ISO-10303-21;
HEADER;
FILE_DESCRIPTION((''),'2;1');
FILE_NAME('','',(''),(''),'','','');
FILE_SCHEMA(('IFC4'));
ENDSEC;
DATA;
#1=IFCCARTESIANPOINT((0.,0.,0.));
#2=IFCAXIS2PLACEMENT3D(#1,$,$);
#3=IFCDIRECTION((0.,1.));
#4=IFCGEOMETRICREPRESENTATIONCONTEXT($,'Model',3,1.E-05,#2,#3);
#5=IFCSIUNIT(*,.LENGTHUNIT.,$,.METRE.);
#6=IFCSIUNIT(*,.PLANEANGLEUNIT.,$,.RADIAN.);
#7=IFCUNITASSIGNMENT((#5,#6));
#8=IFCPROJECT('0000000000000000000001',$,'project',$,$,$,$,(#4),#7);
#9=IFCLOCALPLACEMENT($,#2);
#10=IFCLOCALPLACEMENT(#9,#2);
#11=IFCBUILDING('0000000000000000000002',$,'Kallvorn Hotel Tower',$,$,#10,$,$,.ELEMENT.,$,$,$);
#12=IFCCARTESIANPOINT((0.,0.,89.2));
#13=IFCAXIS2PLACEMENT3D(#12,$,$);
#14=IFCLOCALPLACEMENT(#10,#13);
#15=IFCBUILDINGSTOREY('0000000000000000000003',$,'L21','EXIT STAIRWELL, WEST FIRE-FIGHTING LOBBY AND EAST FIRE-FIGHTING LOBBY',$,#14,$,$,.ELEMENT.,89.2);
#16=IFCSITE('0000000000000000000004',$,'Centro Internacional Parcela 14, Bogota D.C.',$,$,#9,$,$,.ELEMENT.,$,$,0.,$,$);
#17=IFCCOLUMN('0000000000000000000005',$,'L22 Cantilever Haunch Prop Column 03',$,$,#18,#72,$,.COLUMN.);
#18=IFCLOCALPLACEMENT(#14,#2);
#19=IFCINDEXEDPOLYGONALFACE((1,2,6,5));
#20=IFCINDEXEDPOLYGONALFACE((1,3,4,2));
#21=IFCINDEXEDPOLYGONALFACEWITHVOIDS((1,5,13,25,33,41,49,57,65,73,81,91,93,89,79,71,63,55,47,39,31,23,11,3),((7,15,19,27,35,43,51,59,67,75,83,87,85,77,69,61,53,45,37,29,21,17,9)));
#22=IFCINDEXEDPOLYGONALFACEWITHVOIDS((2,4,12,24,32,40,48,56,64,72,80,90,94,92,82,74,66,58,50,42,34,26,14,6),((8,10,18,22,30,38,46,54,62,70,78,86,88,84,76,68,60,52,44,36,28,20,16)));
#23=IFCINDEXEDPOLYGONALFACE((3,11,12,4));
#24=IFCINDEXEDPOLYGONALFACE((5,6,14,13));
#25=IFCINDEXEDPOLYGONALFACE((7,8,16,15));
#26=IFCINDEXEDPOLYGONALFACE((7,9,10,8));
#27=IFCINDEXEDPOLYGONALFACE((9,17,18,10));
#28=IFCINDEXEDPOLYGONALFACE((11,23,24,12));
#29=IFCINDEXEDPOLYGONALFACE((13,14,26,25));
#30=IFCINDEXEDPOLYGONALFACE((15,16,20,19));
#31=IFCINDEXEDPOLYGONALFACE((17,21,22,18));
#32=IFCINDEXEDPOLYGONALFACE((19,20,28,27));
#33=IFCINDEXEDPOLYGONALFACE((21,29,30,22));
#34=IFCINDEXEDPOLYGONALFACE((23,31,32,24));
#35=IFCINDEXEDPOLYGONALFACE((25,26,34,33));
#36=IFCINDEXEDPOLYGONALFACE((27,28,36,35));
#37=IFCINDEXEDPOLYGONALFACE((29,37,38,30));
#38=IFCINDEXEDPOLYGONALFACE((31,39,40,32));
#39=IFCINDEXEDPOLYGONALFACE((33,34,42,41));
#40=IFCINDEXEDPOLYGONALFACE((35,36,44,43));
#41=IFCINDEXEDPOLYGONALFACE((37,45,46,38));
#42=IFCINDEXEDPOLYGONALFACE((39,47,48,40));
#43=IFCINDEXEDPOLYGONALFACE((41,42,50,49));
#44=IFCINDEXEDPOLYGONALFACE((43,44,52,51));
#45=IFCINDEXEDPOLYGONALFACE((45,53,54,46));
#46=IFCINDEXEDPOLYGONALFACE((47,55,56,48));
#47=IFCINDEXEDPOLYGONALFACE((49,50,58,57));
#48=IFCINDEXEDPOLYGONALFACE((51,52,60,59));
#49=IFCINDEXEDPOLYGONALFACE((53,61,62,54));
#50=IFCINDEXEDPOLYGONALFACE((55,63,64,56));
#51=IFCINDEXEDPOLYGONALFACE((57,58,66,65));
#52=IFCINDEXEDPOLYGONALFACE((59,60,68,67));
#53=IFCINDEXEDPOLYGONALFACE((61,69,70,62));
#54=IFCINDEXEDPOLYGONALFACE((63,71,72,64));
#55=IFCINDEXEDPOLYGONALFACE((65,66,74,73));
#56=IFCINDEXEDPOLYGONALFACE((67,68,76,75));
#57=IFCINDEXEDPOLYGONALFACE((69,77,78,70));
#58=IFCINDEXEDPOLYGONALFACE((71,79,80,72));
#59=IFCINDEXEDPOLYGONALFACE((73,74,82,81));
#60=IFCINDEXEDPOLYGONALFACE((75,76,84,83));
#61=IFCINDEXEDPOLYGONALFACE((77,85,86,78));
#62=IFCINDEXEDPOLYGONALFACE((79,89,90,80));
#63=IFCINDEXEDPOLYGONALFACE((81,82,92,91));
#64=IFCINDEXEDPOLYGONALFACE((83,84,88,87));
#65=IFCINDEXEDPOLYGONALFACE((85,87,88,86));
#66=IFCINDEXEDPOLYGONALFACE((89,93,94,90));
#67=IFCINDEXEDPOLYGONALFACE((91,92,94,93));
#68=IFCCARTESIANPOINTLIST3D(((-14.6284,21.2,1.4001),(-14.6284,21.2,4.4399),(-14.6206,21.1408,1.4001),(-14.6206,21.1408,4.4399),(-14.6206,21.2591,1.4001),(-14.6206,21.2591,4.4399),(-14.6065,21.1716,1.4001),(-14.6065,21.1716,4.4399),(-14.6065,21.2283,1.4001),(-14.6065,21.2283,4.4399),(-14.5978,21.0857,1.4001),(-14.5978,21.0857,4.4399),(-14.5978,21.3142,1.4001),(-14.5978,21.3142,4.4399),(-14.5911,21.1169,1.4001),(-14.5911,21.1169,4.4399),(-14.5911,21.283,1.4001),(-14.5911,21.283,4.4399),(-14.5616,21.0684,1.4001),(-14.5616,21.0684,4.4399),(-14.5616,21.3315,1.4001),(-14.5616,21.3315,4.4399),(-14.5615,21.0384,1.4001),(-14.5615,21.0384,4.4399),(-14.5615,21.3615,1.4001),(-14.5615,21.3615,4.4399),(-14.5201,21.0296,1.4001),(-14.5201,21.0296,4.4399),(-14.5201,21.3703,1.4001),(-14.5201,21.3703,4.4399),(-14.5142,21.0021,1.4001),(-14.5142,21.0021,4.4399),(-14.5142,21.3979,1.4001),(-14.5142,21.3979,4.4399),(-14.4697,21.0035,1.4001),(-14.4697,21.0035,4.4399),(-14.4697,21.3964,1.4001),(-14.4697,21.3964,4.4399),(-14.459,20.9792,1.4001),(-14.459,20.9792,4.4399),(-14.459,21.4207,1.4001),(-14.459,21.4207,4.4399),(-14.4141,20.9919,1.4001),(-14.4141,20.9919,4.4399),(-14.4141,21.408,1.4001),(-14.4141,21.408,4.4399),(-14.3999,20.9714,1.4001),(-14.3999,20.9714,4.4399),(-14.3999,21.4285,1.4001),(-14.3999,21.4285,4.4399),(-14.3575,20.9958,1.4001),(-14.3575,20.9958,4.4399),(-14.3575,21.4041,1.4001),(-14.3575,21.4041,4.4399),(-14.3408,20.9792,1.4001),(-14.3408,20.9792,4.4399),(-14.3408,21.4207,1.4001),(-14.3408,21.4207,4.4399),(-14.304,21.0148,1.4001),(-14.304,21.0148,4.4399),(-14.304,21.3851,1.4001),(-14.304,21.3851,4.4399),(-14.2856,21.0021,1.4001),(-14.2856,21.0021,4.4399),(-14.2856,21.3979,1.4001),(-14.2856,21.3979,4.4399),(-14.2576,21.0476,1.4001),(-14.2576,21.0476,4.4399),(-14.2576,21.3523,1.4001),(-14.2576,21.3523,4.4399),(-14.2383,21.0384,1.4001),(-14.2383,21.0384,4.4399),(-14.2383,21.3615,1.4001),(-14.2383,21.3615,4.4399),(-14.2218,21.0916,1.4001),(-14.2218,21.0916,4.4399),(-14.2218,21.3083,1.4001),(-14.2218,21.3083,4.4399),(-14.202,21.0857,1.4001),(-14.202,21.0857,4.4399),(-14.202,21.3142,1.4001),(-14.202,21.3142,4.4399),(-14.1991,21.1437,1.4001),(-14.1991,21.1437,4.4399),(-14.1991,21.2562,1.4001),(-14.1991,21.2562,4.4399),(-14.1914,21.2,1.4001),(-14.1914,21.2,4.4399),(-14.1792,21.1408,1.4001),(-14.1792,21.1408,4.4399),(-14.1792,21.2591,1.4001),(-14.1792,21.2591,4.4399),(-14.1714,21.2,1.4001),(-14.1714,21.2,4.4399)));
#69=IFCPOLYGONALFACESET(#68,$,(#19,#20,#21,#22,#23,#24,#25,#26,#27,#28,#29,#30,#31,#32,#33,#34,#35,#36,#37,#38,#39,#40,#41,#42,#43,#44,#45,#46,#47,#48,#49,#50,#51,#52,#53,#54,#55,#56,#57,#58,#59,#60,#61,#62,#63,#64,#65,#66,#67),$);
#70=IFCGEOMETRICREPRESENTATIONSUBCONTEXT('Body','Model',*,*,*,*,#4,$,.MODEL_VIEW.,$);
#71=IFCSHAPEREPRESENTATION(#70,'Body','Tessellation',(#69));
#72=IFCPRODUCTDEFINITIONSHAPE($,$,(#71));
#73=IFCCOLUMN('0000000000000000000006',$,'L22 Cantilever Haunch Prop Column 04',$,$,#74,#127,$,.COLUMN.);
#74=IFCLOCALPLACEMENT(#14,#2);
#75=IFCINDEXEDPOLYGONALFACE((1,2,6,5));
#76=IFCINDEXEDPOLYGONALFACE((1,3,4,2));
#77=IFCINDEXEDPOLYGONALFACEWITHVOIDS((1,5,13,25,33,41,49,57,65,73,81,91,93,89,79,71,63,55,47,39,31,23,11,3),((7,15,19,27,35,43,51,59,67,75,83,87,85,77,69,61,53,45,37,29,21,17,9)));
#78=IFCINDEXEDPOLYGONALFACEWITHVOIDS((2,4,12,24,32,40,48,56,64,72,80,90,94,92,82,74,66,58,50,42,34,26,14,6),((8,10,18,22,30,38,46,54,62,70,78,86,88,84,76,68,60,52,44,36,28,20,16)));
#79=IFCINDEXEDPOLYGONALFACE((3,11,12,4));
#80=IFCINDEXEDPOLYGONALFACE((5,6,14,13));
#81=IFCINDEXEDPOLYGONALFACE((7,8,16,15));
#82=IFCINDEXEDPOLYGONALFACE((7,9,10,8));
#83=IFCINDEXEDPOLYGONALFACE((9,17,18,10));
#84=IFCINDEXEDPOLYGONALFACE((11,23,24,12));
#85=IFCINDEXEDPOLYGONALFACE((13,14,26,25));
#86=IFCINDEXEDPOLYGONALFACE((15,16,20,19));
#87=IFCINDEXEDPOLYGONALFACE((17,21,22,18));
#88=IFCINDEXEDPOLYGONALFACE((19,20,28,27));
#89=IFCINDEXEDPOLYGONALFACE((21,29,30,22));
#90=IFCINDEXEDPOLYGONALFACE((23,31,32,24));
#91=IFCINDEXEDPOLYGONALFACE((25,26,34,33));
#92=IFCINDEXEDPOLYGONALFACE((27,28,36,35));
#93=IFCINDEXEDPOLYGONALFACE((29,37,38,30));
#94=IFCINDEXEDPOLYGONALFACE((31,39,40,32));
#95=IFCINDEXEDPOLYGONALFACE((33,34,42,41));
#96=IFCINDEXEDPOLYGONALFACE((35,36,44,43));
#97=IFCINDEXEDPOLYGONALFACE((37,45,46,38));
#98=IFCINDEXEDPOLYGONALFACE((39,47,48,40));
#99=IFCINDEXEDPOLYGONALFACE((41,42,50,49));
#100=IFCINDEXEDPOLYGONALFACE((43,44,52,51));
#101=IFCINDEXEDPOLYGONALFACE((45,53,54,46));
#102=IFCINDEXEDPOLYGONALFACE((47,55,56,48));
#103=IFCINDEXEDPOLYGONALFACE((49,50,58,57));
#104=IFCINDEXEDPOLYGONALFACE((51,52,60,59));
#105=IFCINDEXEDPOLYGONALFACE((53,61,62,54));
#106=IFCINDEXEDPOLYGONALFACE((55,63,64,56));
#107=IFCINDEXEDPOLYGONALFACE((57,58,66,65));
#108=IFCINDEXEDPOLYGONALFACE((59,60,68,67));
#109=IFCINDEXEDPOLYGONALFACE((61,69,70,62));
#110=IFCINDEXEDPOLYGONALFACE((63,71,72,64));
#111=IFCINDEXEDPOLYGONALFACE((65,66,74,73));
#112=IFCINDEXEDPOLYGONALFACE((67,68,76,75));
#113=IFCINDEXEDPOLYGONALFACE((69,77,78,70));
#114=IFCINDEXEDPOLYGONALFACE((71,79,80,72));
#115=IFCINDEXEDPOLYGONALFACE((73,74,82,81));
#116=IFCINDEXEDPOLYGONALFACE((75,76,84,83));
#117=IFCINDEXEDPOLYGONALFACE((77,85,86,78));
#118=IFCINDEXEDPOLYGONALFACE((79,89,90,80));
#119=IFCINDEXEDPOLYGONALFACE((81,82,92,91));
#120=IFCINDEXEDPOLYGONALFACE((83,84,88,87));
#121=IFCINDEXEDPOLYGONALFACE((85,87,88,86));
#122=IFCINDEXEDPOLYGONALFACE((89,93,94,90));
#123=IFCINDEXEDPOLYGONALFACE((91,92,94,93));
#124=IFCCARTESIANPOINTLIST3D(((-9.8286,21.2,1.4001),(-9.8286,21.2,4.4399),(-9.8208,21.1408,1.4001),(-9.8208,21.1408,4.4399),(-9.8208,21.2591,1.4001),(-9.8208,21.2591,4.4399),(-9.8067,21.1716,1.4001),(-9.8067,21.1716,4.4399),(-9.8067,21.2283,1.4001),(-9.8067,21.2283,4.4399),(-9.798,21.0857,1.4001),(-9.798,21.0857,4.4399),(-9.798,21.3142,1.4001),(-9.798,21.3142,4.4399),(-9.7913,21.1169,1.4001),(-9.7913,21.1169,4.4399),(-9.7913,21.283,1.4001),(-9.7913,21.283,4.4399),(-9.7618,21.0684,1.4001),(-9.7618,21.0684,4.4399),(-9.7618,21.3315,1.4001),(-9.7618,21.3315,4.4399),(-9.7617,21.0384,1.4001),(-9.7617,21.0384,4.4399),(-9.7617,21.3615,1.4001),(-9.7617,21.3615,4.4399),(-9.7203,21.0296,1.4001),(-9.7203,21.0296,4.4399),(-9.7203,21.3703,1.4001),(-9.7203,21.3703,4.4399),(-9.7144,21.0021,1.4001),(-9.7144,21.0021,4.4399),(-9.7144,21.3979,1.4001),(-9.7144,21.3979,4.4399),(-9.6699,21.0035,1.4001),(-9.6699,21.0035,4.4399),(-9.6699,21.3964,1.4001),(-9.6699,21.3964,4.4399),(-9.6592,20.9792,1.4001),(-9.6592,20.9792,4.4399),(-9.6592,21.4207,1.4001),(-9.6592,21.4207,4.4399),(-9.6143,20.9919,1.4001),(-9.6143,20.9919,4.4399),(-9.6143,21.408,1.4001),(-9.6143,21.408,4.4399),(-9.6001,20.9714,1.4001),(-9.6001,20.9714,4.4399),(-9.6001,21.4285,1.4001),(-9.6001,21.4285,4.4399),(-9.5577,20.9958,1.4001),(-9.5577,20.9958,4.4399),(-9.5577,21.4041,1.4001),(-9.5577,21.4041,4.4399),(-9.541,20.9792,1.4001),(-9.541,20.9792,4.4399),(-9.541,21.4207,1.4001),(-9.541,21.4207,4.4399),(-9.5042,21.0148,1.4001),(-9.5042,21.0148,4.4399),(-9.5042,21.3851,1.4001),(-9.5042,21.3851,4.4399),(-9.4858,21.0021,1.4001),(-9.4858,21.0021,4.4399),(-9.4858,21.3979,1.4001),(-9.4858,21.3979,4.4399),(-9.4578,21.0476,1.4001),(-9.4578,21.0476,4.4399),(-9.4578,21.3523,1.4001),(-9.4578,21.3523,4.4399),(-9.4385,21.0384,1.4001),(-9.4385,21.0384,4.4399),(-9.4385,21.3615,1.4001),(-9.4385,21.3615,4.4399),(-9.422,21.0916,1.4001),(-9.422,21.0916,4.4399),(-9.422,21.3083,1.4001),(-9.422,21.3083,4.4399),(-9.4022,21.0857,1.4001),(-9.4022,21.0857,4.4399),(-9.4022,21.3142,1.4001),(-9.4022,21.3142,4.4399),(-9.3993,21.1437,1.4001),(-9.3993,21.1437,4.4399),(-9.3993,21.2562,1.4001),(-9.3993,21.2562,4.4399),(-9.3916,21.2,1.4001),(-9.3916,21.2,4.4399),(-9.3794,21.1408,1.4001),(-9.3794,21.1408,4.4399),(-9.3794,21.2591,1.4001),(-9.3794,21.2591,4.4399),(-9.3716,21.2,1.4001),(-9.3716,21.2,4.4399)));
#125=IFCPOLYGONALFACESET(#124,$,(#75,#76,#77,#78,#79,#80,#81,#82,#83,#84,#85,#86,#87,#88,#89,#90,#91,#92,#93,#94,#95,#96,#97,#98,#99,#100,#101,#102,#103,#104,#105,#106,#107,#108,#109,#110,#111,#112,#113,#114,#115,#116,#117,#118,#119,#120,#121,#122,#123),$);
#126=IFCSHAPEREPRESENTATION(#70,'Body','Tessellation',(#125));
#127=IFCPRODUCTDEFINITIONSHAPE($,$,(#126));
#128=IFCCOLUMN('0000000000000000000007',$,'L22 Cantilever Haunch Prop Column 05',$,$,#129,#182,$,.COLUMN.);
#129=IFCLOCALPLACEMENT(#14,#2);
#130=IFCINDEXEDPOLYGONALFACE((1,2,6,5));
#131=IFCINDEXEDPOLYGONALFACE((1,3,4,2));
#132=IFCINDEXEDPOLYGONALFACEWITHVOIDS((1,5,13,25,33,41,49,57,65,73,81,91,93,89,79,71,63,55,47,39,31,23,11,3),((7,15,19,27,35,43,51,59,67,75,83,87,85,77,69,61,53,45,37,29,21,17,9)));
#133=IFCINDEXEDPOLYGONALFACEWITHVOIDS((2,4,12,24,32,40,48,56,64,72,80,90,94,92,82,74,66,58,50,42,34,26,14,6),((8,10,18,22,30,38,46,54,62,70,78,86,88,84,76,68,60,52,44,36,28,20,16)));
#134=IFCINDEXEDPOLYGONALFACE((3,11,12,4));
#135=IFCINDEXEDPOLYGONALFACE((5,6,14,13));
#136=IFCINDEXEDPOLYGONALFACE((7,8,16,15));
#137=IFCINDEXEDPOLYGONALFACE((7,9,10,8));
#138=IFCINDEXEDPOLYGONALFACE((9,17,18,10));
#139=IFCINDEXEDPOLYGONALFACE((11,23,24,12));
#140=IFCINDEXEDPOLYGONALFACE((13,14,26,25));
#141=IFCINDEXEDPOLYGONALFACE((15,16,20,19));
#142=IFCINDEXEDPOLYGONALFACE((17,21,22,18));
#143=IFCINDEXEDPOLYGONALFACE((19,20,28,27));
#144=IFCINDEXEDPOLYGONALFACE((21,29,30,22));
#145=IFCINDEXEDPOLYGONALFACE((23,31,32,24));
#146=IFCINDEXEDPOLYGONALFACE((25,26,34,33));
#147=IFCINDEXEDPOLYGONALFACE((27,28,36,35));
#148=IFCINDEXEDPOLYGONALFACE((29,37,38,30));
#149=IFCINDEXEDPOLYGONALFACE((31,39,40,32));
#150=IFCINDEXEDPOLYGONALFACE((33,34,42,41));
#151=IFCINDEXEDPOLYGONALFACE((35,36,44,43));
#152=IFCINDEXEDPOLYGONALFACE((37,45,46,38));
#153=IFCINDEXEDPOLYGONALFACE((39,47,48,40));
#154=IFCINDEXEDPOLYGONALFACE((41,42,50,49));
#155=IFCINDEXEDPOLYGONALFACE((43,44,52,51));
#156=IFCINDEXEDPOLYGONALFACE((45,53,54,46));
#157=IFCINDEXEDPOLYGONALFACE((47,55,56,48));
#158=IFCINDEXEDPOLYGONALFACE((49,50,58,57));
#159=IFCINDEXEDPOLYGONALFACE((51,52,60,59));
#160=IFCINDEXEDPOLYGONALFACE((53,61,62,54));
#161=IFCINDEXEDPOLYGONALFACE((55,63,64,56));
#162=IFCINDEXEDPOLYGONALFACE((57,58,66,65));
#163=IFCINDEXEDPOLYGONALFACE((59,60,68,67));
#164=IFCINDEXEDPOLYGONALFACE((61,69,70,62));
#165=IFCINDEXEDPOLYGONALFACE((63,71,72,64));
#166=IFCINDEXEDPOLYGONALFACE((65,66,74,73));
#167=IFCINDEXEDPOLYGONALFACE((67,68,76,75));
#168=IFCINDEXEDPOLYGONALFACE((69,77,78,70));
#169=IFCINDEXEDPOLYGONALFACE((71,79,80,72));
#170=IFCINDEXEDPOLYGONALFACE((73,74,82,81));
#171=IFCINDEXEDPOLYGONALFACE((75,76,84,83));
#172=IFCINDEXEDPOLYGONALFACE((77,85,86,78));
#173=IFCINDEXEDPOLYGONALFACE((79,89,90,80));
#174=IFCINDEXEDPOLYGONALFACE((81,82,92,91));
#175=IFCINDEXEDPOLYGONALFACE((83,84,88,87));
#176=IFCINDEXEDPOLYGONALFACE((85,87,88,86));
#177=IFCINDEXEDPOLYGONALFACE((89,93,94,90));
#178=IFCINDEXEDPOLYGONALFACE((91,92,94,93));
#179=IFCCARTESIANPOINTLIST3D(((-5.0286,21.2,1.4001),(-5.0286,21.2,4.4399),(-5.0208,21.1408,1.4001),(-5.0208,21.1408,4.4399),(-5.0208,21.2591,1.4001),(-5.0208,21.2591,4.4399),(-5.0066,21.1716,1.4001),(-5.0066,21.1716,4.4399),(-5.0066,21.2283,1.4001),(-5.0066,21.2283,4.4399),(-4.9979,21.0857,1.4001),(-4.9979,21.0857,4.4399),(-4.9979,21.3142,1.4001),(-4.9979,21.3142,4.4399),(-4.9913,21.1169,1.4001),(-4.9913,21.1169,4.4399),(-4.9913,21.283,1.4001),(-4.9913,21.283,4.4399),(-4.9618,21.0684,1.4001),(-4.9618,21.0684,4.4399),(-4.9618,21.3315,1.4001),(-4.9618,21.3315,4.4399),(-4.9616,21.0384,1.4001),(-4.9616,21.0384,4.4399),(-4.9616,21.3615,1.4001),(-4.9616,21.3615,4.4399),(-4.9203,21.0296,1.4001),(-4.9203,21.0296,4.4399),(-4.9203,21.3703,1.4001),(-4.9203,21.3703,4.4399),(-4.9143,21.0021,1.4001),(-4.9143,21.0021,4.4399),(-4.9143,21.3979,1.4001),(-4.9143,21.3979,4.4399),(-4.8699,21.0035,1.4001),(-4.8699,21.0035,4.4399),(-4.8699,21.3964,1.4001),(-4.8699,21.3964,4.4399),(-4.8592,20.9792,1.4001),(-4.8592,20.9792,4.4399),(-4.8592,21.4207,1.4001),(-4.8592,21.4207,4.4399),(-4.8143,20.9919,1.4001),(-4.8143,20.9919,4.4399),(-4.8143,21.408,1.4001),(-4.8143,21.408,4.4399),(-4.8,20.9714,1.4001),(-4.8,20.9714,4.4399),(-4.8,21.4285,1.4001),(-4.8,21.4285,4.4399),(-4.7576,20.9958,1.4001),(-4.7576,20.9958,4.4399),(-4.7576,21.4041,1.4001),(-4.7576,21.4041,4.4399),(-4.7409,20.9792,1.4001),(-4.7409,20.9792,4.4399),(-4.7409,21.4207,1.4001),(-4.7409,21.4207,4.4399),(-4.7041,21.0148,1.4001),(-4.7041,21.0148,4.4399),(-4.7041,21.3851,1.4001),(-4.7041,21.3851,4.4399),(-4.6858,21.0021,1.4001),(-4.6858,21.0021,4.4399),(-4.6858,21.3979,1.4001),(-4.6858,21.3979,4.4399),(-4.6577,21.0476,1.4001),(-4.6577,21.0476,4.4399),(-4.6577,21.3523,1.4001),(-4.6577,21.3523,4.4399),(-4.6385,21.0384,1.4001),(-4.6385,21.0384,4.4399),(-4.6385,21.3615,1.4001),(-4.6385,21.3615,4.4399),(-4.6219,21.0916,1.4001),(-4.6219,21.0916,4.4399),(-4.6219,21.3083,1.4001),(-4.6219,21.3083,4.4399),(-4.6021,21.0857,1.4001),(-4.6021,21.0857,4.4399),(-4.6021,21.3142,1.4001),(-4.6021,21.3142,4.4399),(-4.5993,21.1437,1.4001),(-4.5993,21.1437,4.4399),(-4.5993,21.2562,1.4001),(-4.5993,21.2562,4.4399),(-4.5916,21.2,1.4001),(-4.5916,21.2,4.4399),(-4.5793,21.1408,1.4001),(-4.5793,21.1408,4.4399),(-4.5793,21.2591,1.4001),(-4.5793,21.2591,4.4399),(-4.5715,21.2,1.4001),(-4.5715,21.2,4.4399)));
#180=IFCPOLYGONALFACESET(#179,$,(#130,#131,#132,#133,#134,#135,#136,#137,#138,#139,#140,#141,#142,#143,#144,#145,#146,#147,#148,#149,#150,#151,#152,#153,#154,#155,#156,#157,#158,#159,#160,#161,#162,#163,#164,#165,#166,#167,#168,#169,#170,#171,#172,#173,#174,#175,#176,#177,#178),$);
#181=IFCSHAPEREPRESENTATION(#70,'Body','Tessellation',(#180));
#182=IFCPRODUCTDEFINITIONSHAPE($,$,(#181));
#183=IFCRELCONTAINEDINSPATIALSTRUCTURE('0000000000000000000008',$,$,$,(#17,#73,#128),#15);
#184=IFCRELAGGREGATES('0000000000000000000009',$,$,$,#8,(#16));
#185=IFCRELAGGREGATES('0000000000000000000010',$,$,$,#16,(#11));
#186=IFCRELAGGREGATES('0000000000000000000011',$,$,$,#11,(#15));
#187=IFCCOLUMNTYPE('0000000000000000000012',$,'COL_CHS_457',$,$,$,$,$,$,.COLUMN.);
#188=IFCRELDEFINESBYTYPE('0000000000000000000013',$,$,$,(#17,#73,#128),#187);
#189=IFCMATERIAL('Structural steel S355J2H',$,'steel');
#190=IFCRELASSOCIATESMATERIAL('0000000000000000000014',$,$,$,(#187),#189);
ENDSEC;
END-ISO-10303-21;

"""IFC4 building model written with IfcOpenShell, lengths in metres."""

from ifc_helpers import new_model, si_unit, direction, frame, origin, origin_2d, place, context, subcontext, project, spatial, hollow_circle, extrude, material, material_profile, profile_set, type_object, element, save


model = new_model("IFC4")

# Units and contexts
model_context = context("Model", 3, precision=1e-05, world=origin(), true_north=direction((0.0, 1.0)))
body_context = subcontext(model_context, "Body", "Model", "MODEL_VIEW")
ifc_project = project(units=[si_unit("LENGTHUNIT", "METRE"), si_unit("PLANEANGLEUNIT", "RADIAN")], contexts=[model_context])

# Site, building, storey
site_placement = place(None, origin())
site = spatial("IfcSite", under=ifc_project, at=site_placement, Name="Centro Internacional Parcela 14, Bogota D.C.", CompositionType="ELEMENT", RefElevation=0.0)
building_placement = place(site_placement, origin())
building = spatial("IfcBuilding", under=site, at=building_placement, Name="Kallvorn Hotel Tower", CompositionType="ELEMENT")
storey_placement = place(building_placement, frame((0.0, 0.0, 89.2)))
storey = spatial("IfcBuildingStorey", under=building, at=storey_placement, Name="L21", Description="EXIT STAIRWELL, WEST FIRE-FIGHTING LOBBY AND EAST FIRE-FIGHTING LOBBY", CompositionType="ELEMENT", Elevation=89.2)

# Columns
ifc_material_1 = material(Name="Structural steel S355J2H", Category="steel")
ifc_material_profile_1 = material_profile(ifc_material_1, hollow_circle(Radius=0.2285, WallThickness=0.02, at=origin_2d()), Name="CHS 457x20")
ifc_profile_set_1 = profile_set([ifc_material_profile_1], Name="Structural steel S355J2H")
column_type_1 = type_object("IfcColumnType", Name="COL_CHS_457", PredefinedType="COLUMN", material=ifc_profile_set_1)
for number, where, z_axis, x_axis, name in (
    (1, (-14.3999, 21.2, 1.4001), (0.0, 0.0, 1.0), (1.0, 0.0, 0.0), "L22 Cantilever Haunch Prop Column 03"),
    (2, (-9.6001, 21.2, 1.4001), (0.0, 0.0, 1.0), (1.0, 0.0, 0.0), "L22 Cantilever Haunch Prop Column 04"),
    (3, (-4.8, 21.2, 1.4001), (0.0, 0.0, 1.0), (1.0, 0.0, 0.0), "L22 Cantilever Haunch Prop Column 05"),
):
    element("IfcColumn", number, at=place(storey_placement, frame(where, z_axis=z_axis, x_axis=x_axis)), inside=storey, type_object=column_type_1, Name=name, PredefinedType="COLUMN", context=body_context, shape_type="SweptSolid", body=[
        extrude(hollow_circle(Radius=0.2285, WallThickness=0.02, at=origin_2d()), origin(), (0.0, 0.0, 1.0), 3.0398),
    ])

save(model, "model.ifc")
